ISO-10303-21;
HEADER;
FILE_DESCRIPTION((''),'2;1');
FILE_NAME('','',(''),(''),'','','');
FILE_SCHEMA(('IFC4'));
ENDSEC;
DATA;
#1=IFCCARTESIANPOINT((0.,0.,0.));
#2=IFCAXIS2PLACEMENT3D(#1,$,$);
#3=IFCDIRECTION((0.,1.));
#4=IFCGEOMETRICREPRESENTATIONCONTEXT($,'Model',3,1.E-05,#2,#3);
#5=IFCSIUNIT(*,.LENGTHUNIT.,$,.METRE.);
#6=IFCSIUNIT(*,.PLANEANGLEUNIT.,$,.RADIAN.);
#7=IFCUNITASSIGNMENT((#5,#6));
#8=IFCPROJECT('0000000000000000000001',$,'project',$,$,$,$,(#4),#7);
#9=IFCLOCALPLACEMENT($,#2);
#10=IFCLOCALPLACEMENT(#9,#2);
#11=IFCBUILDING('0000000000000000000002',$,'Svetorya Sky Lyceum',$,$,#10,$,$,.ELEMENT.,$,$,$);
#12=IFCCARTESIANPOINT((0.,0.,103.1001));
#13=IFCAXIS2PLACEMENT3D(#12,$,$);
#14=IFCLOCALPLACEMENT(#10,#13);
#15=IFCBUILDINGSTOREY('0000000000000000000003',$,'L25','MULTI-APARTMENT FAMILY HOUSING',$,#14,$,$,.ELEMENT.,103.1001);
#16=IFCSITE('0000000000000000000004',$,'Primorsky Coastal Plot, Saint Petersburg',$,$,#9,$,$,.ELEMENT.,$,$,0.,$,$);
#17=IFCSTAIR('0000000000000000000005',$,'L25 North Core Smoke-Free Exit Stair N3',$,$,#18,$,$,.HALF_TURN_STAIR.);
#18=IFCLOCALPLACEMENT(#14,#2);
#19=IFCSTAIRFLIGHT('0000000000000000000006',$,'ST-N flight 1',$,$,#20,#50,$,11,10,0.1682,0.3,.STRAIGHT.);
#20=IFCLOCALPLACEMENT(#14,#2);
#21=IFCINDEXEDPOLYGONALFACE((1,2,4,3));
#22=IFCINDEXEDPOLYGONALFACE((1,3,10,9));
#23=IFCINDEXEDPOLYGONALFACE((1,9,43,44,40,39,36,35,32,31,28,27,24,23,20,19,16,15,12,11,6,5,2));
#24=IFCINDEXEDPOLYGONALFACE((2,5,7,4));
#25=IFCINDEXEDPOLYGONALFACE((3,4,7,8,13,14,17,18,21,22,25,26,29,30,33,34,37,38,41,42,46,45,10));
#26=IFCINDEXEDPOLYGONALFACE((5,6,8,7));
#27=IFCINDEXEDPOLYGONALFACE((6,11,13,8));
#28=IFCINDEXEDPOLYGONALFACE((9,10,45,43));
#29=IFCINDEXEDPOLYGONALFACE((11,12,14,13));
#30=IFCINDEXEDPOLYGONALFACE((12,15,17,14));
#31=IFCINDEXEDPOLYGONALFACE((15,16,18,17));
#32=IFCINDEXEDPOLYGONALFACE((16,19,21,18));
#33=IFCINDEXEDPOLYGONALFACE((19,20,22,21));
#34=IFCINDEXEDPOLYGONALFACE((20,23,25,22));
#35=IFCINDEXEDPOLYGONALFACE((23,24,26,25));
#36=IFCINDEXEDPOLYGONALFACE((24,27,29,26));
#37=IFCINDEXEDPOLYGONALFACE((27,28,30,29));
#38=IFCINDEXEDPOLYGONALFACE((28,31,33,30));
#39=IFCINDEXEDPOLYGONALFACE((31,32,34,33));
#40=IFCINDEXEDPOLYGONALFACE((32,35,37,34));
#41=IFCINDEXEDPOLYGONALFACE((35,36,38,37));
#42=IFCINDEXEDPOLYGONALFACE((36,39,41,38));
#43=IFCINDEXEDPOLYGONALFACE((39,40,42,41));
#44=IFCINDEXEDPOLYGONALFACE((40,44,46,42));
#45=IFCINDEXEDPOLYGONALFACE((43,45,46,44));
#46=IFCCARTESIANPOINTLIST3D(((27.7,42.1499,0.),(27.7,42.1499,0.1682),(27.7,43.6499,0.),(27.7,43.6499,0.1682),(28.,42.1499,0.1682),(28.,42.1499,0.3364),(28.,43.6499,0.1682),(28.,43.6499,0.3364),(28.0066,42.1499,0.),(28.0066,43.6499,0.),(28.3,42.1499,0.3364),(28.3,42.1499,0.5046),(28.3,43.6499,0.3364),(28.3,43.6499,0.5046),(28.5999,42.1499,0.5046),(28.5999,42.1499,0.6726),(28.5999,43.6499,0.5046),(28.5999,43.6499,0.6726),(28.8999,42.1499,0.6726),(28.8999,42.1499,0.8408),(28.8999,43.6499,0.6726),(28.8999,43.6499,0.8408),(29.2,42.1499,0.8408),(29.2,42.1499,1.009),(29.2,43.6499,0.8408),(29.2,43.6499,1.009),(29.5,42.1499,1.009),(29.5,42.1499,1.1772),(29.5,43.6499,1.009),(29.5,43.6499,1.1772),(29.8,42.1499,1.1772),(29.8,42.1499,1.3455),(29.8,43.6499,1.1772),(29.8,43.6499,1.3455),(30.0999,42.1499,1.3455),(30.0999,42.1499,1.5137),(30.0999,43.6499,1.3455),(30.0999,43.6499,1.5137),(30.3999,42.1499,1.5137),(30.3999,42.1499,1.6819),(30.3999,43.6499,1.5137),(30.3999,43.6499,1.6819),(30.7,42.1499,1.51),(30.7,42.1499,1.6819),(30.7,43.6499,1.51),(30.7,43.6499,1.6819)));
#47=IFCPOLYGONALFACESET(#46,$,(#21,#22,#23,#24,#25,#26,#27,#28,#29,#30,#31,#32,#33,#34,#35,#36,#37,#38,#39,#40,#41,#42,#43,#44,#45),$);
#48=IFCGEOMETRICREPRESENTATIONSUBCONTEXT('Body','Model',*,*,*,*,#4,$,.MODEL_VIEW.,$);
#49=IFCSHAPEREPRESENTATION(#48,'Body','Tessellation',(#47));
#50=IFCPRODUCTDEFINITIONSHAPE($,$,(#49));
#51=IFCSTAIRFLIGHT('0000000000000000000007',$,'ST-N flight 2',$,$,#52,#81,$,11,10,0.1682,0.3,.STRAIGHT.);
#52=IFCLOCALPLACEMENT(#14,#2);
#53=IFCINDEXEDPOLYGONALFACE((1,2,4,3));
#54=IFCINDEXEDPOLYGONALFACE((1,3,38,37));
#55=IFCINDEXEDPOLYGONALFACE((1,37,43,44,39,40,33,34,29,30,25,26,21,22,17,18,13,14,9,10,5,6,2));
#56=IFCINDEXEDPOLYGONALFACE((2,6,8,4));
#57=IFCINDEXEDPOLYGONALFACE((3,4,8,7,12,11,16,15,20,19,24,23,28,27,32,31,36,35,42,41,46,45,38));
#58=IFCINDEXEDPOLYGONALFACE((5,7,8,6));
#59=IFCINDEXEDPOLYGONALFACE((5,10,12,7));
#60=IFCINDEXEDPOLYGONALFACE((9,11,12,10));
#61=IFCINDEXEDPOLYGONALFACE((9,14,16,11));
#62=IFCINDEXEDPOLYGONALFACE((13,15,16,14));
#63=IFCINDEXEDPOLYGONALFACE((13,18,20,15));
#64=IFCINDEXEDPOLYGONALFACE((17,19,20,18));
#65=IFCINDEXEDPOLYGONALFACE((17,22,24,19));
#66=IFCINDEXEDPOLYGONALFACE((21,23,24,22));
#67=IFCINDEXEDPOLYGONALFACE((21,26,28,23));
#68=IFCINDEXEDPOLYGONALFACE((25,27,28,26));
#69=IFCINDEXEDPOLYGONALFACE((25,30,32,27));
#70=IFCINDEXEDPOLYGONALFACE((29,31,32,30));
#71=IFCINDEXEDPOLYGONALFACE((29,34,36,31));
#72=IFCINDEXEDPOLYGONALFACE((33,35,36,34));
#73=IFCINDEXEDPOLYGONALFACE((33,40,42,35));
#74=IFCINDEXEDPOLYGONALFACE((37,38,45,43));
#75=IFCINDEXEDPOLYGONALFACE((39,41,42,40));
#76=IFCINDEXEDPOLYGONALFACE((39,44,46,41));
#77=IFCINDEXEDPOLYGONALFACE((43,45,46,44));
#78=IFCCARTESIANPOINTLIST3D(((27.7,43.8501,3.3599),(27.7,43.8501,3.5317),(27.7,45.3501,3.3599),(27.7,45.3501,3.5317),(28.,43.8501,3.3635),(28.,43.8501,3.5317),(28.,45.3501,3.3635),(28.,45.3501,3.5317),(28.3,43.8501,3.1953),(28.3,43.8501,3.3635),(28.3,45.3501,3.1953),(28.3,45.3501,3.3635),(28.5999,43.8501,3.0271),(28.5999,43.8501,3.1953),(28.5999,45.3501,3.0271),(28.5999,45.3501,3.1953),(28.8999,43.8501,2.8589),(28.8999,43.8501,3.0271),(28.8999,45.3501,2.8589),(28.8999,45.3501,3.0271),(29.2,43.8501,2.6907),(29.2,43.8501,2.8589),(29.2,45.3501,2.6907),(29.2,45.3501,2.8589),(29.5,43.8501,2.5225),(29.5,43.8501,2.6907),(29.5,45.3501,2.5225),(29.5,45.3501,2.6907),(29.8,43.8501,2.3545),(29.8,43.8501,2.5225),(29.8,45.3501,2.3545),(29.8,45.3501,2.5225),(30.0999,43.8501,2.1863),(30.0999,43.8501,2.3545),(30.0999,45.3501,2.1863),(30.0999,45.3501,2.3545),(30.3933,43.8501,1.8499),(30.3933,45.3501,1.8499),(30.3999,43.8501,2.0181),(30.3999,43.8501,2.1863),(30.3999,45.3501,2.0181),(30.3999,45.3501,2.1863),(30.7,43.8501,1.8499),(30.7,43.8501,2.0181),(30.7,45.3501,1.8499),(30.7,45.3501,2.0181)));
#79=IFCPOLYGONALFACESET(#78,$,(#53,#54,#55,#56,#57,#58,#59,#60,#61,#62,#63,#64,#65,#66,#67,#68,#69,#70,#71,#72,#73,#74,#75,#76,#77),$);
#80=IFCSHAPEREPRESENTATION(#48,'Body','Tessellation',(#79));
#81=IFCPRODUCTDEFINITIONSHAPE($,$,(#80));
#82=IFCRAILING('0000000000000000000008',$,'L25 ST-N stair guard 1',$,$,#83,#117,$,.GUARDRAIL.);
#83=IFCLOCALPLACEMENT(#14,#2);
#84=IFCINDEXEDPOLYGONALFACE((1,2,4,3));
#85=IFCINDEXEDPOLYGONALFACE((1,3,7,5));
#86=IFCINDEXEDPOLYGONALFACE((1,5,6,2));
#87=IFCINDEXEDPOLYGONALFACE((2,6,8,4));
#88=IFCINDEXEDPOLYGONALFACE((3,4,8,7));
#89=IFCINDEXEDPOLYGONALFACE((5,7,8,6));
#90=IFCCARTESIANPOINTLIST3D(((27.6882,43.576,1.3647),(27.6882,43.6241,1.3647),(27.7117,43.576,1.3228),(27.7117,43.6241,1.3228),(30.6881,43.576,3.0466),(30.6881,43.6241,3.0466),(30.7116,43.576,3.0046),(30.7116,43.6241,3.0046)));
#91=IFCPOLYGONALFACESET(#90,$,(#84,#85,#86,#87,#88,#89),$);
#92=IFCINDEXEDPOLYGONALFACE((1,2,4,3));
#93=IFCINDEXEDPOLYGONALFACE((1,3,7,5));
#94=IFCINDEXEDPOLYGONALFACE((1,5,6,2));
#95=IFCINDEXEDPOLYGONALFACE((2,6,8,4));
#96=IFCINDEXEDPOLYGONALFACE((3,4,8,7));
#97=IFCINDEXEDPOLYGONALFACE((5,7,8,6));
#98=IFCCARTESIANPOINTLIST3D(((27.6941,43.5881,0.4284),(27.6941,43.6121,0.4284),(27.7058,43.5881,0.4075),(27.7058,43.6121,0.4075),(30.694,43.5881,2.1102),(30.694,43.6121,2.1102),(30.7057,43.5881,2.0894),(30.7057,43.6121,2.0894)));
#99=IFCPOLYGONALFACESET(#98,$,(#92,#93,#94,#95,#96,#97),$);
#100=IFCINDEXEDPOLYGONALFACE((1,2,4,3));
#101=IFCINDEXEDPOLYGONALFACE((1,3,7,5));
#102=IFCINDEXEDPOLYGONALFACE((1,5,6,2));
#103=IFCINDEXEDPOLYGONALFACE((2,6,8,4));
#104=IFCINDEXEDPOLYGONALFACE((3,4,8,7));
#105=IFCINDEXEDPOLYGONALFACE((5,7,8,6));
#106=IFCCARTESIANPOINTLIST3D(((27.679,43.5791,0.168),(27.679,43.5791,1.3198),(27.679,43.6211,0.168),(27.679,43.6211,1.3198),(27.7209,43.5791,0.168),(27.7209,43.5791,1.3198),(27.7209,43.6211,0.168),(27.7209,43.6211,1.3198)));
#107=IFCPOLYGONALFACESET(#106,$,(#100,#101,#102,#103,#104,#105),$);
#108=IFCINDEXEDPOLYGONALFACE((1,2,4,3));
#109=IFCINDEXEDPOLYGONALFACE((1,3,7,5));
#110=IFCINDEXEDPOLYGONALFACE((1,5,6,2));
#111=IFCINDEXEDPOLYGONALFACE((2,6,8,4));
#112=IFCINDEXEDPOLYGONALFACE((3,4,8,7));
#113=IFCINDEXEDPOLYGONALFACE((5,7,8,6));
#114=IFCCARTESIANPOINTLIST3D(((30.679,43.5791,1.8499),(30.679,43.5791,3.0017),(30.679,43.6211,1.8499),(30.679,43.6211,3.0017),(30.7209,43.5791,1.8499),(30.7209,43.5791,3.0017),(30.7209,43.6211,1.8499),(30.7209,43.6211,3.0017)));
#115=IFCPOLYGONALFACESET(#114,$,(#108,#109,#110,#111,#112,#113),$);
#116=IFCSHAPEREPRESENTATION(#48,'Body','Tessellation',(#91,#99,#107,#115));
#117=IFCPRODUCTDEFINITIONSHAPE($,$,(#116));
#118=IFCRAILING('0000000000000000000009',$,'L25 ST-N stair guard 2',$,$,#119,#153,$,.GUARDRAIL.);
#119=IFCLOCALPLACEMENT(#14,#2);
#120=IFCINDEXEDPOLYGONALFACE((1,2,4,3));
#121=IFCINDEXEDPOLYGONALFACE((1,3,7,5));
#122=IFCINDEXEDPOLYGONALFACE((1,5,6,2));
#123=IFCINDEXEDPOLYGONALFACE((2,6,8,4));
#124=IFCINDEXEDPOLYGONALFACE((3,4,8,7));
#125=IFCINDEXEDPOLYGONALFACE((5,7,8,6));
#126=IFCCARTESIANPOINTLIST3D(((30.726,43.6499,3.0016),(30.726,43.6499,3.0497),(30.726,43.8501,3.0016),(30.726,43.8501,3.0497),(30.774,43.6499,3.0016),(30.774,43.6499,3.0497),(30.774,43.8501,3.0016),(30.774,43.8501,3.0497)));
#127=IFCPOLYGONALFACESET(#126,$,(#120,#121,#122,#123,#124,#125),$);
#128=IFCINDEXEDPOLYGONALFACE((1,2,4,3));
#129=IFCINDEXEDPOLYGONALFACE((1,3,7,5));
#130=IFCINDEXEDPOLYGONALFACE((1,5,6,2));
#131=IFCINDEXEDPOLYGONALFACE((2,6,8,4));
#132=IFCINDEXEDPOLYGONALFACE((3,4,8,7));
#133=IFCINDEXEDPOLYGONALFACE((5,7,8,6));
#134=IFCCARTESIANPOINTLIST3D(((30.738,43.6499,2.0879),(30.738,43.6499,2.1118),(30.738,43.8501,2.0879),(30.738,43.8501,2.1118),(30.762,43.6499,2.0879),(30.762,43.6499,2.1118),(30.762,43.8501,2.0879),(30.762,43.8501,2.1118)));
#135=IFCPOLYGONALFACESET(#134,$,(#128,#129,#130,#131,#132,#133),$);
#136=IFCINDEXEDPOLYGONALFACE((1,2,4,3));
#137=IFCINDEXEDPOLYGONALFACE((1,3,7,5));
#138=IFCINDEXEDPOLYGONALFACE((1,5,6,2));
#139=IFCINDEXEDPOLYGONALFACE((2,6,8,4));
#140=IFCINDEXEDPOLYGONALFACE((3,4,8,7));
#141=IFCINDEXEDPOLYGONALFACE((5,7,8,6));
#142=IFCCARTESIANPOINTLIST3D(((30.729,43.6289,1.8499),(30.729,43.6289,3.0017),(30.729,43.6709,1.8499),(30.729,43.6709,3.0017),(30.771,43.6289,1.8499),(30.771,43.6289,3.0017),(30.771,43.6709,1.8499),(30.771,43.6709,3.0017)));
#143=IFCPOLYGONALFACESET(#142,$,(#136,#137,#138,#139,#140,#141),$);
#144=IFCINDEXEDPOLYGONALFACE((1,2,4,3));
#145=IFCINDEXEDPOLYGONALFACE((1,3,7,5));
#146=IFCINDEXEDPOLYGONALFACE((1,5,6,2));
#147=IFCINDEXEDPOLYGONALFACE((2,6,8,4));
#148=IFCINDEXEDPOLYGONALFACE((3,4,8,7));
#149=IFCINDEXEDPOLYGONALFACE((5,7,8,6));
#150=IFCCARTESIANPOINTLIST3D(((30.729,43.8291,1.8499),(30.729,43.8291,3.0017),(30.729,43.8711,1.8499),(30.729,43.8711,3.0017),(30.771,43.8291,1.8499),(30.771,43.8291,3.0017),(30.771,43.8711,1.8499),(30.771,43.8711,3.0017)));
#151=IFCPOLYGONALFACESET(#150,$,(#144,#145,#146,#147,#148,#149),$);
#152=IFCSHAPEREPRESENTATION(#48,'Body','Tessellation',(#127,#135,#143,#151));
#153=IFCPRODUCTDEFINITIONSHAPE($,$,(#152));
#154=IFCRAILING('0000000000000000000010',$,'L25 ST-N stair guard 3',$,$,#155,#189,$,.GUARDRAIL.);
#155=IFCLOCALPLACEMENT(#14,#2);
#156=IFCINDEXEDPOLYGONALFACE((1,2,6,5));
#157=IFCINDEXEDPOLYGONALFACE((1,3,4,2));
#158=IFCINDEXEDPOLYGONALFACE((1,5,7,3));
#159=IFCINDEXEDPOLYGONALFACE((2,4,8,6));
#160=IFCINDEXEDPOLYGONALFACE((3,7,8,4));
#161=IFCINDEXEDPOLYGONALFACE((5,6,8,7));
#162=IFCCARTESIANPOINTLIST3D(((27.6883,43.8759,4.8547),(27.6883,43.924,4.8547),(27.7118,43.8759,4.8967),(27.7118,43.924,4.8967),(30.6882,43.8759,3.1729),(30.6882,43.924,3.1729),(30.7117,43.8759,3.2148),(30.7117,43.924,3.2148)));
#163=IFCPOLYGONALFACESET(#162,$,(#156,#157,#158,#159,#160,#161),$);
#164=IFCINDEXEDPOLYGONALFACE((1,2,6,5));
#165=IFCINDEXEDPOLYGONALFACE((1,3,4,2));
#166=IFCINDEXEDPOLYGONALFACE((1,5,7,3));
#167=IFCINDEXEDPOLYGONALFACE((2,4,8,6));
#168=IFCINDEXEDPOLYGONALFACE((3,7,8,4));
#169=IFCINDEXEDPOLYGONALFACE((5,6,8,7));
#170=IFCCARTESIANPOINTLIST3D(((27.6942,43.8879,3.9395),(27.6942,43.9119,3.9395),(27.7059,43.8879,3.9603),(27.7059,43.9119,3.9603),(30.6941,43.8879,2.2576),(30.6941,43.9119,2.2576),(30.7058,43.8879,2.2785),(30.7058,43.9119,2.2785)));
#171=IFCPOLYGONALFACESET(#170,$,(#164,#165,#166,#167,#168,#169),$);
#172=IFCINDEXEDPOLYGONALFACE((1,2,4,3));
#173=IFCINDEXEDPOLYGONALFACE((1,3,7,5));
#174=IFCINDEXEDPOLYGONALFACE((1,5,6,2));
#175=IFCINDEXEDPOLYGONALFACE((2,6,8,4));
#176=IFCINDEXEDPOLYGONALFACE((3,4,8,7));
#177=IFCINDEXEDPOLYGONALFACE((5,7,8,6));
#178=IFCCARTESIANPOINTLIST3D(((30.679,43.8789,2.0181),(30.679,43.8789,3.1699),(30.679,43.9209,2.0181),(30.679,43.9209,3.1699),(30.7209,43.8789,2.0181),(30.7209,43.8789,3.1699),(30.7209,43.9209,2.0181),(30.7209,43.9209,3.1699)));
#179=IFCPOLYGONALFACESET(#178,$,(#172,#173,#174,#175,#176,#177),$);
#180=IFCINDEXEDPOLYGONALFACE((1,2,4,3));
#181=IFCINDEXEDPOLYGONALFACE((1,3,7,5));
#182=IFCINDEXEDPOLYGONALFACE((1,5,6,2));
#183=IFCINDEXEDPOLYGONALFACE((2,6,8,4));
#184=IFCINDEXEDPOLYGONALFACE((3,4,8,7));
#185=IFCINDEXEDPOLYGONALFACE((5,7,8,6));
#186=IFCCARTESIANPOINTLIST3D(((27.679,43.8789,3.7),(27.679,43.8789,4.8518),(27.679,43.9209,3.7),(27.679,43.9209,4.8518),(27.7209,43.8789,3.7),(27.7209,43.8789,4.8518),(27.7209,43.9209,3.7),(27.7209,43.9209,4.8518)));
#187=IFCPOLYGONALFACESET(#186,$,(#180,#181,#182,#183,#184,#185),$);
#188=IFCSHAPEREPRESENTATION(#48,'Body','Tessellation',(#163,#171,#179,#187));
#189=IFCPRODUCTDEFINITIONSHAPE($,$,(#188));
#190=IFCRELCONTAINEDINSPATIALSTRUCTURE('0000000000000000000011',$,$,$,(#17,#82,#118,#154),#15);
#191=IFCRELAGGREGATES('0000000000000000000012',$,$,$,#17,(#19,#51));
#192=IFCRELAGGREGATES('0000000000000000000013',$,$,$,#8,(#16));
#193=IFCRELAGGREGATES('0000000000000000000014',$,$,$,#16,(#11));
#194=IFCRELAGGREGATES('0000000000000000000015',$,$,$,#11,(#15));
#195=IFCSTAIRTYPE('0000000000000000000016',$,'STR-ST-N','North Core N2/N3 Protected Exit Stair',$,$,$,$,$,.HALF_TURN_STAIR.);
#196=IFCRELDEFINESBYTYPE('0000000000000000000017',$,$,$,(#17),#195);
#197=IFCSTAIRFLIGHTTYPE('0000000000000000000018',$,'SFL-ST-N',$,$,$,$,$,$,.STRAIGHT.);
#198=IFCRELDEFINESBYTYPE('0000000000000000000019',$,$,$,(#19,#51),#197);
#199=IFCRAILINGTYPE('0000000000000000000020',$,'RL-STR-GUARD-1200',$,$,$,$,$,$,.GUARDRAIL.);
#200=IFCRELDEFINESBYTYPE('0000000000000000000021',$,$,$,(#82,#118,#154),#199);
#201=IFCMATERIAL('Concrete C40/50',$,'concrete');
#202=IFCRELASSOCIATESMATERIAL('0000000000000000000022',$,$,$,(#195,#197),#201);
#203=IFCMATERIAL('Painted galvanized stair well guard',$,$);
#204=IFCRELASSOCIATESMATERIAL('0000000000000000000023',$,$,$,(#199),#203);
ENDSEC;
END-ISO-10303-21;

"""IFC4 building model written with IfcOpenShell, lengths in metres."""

from ifc_helpers import new_model, si_unit, direction, frame, origin, origin_2d, place, context, subcontext, project, spatial, polyline, rectangle, outline, extrude, material, type_object, element, aggregate, save


model = new_model("IFC4")

# Units and contexts
model_context = context("Model", 3, precision=1e-05, world=origin(), true_north=direction((0.0, 1.0)))
body_context = subcontext(model_context, "Body", "Model", "MODEL_VIEW")
ifc_project = project(units=[si_unit("LENGTHUNIT", "METRE"), si_unit("PLANEANGLEUNIT", "RADIAN")], contexts=[model_context])

# Site, building, storey
site_placement = place(None, origin())
site = spatial("IfcSite", under=ifc_project, at=site_placement, Name="Primorsky Coastal Plot, Saint Petersburg", CompositionType="ELEMENT", RefElevation=0.0)
building_placement = place(site_placement, origin())
building = spatial("IfcBuilding", under=site, at=building_placement, Name="Svetorya Sky Lyceum", CompositionType="ELEMENT")
storey_placement = place(building_placement, frame((0.0, 0.0, 103.1001)))
storey = spatial("IfcBuildingStorey", under=building, at=storey_placement, Name="L25", Description="MULTI-APARTMENT FAMILY HOUSING", CompositionType="ELEMENT", Elevation=103.1001)

# Shared definitions
ifc_material_1 = material(Name="Concrete C40/50", Category="concrete")

# Stair, stair flights
stair_type = type_object("IfcStairType", Name="STR-ST-N", Description="North Core N2/N3 Protected Exit Stair", PredefinedType="HALF_TURN_STAIR", material=ifc_material_1)
stair_placement = place(storey_placement, origin())
stair = element("IfcStair", 1, at=stair_placement, inside=storey, type_object=stair_type, Name="L25 North Core Smoke-Free Exit Stair N3", PredefinedType="HALF_TURN_STAIR")
stair_flight_type = type_object("IfcStairFlightType", Name="SFL-ST-N", PredefinedType="STRAIGHT", material=ifc_material_1)
stair_flight_1_placement = place(storey_placement, frame((27.7, 42.8999, 0.0), z_axis=(0.0, 0.0, 1.0), x_axis=(1.0, 0.0, 0.0)))
stair_flight_1 = element("IfcStairFlight", 2, at=stair_flight_1_placement, type_object=stair_flight_type, Name="ST-N flight 1", NumberOfRisers=11, NumberOfTreads=10, PredefinedType="STRAIGHT", RiserHeight=0.1682, TreadLength=0.3, context=body_context, shape_type="SweptSolid", body=[
    extrude(outline(polyline([(0.0, 0.0), (0.0, 0.1682), (0.3, 0.1682), (0.3, 0.3364), (0.6001, 0.3364), (0.6001, 0.5046), (0.8999, 0.5046), (0.8999, 0.6726), (1.2, 0.6726), (1.2, 0.8408), (1.5, 0.8408), (1.5, 1.009), (1.8, 1.009), (1.8, 1.1772), (2.1001, 1.1772), (2.1001, 1.3455), (2.3999, 1.3455), (2.3999, 1.5137), (2.7, 1.5137), (2.7, 1.6819), (3.0, 1.6819), (3.0, 1.8501), (3.0, 1.51), (0.3066, 0.0), (0.0, 0.0)])), frame((0.0, 0.75, 0.0), z_axis=(0.0, -1.0, 0.0), x_axis=(1.0, 0.0, 0.0)), (0.0, 0.0, 1.0), 1.5),
])
stair_flight_2_placement = place(storey_placement, frame((30.7, 44.6001, 1.8499), z_axis=(0.0, 0.0, 1.0), x_axis=(-1.0, 0.0, 0.0)))
stair_flight_2 = element("IfcStairFlight", 3, at=stair_flight_2_placement, type_object=stair_flight_type, Name="ST-N flight 2", NumberOfRisers=11, NumberOfTreads=10, PredefinedType="STRAIGHT", RiserHeight=0.1682, TreadLength=0.3, context=body_context, shape_type="SweptSolid", body=[
    extrude(outline(polyline([(0.0, 0.0), (0.0, 0.1682), (0.3, 0.1682), (0.3, 0.3364), (0.6001, 0.3364), (0.6001, 0.5046), (0.8999, 0.5046), (0.8999, 0.6726), (1.2, 0.6726), (1.2, 0.8408), (1.5, 0.8408), (1.5, 1.009), (1.8, 1.009), (1.8, 1.1772), (2.1001, 1.1772), (2.1001, 1.3455), (2.3999, 1.3455), (2.3999, 1.5137), (2.7, 1.5137), (2.7, 1.6819), (3.0, 1.6819), (3.0, 1.8501), (3.0, 1.51), (0.3066, 0.0), (0.0, 0.0)])), frame((0.0, 0.75, 0.0), z_axis=(0.0, -1.0, 0.0), x_axis=(1.0, 0.0, 0.0)), (0.0, 0.0, 1.0), 1.5),
])
aggregate(stair, [stair_flight_1, stair_flight_2])

# Railings
ifc_material_2 = material(Name="Painted galvanized stair well guard")
railing_type_1 = type_object("IfcRailingType", Name="RL-STR-GUARD-1200", PredefinedType="GUARDRAIL", material=ifc_material_2)
railing_1_placement = place(storey_placement, frame((27.7, 43.6001, 0.168)))
element("IfcRailing", 4, at=railing_1_placement, inside=storey, type_object=railing_type_1, Name="L25 ST-N stair guard 1", PredefinedType="GUARDRAIL", context=body_context, shape_type="SweptSolid", body=[
    extrude(rectangle(XDim=0.0481, YDim=0.0481, at=origin_2d()), frame((0.0, 0.0, 1.1758), z_axis=(0.872272, 0.0, 0.48902), x_axis=(0.0, 1.0, 0.0)), (0.0, 0.0, 1.0), 3.4392),
    extrude(rectangle(XDim=0.0239, YDim=0.0239, at=origin_2d()), frame((0.0, 0.0, 0.25), z_axis=(0.872272, 0.0, 0.48902), x_axis=(0.0, 1.0, 0.0)), (0.0, 0.0, 1.0), 3.4392),
    extrude(rectangle(XDim=0.042, YDim=0.042, at=origin_2d()), origin(), (0.0, 0.0, 1.0), 1.1519),
    extrude(rectangle(XDim=0.042, YDim=0.042, at=origin_2d()), frame((3.0, 0.0, 1.6819)), (0.0, 0.0, 1.0), 1.1519),
])
railing_2_placement = place(storey_placement, frame((30.75, 43.6499, 1.8499)))
element("IfcRailing", 5, at=railing_2_placement, inside=storey, type_object=railing_type_1, Name="L25 ST-N stair guard 2", PredefinedType="GUARDRAIL", context=body_context, shape_type="SweptSolid", body=[
    extrude(rectangle(XDim=0.0481, YDim=0.0481, at=origin_2d()), frame((0.0, 0.0, 1.1758), z_axis=(0.0, 1.0, 0.0), x_axis=(-1.0, 0.0, 0.0)), (0.0, 0.0, 1.0), 0.2002),
    extrude(rectangle(XDim=0.0239, YDim=0.0239, at=origin_2d()), frame((0.0, 0.0, 0.25), z_axis=(0.0, 1.0, 0.0), x_axis=(-1.0, 0.0, 0.0)), (0.0, 0.0, 1.0), 0.2002),
    extrude(rectangle(XDim=0.042, YDim=0.042, at=origin_2d()), origin(), (0.0, 0.0, 1.0), 1.1519),
    extrude(rectangle(XDim=0.042, YDim=0.042, at=origin_2d()), frame((0.0, 0.2002, 0.0)), (0.0, 0.0, 1.0), 1.1519),
])
railing_3_placement = place(storey_placement, frame((30.7, 43.8999, 2.0181)))
element("IfcRailing", 6, at=railing_3_placement, inside=storey, type_object=railing_type_1, Name="L25 ST-N stair guard 3", PredefinedType="GUARDRAIL", context=body_context, shape_type="SweptSolid", body=[
    extrude(rectangle(XDim=0.0481, YDim=0.0481, at=origin_2d()), frame((0.0, 0.0, 1.1758), z_axis=(-0.872272, 0.0, 0.48902), x_axis=(0.0, -1.0, 0.0)), (0.0, 0.0, 1.0), 3.4392),
    extrude(rectangle(XDim=0.0239, YDim=0.0239, at=origin_2d()), frame((0.0, 0.0, 0.25), z_axis=(-0.872272, 0.0, 0.48902), x_axis=(0.0, -1.0, 0.0)), (0.0, 0.0, 1.0), 3.4392),
    extrude(rectangle(XDim=0.042, YDim=0.042, at=origin_2d()), origin(), (0.0, 0.0, 1.0), 1.1519),
    extrude(rectangle(XDim=0.042, YDim=0.042, at=origin_2d()), frame((-3.0, 0.0, 1.6819)), (0.0, 0.0, 1.0), 1.1519),
])

save(model, "model.ifc")
